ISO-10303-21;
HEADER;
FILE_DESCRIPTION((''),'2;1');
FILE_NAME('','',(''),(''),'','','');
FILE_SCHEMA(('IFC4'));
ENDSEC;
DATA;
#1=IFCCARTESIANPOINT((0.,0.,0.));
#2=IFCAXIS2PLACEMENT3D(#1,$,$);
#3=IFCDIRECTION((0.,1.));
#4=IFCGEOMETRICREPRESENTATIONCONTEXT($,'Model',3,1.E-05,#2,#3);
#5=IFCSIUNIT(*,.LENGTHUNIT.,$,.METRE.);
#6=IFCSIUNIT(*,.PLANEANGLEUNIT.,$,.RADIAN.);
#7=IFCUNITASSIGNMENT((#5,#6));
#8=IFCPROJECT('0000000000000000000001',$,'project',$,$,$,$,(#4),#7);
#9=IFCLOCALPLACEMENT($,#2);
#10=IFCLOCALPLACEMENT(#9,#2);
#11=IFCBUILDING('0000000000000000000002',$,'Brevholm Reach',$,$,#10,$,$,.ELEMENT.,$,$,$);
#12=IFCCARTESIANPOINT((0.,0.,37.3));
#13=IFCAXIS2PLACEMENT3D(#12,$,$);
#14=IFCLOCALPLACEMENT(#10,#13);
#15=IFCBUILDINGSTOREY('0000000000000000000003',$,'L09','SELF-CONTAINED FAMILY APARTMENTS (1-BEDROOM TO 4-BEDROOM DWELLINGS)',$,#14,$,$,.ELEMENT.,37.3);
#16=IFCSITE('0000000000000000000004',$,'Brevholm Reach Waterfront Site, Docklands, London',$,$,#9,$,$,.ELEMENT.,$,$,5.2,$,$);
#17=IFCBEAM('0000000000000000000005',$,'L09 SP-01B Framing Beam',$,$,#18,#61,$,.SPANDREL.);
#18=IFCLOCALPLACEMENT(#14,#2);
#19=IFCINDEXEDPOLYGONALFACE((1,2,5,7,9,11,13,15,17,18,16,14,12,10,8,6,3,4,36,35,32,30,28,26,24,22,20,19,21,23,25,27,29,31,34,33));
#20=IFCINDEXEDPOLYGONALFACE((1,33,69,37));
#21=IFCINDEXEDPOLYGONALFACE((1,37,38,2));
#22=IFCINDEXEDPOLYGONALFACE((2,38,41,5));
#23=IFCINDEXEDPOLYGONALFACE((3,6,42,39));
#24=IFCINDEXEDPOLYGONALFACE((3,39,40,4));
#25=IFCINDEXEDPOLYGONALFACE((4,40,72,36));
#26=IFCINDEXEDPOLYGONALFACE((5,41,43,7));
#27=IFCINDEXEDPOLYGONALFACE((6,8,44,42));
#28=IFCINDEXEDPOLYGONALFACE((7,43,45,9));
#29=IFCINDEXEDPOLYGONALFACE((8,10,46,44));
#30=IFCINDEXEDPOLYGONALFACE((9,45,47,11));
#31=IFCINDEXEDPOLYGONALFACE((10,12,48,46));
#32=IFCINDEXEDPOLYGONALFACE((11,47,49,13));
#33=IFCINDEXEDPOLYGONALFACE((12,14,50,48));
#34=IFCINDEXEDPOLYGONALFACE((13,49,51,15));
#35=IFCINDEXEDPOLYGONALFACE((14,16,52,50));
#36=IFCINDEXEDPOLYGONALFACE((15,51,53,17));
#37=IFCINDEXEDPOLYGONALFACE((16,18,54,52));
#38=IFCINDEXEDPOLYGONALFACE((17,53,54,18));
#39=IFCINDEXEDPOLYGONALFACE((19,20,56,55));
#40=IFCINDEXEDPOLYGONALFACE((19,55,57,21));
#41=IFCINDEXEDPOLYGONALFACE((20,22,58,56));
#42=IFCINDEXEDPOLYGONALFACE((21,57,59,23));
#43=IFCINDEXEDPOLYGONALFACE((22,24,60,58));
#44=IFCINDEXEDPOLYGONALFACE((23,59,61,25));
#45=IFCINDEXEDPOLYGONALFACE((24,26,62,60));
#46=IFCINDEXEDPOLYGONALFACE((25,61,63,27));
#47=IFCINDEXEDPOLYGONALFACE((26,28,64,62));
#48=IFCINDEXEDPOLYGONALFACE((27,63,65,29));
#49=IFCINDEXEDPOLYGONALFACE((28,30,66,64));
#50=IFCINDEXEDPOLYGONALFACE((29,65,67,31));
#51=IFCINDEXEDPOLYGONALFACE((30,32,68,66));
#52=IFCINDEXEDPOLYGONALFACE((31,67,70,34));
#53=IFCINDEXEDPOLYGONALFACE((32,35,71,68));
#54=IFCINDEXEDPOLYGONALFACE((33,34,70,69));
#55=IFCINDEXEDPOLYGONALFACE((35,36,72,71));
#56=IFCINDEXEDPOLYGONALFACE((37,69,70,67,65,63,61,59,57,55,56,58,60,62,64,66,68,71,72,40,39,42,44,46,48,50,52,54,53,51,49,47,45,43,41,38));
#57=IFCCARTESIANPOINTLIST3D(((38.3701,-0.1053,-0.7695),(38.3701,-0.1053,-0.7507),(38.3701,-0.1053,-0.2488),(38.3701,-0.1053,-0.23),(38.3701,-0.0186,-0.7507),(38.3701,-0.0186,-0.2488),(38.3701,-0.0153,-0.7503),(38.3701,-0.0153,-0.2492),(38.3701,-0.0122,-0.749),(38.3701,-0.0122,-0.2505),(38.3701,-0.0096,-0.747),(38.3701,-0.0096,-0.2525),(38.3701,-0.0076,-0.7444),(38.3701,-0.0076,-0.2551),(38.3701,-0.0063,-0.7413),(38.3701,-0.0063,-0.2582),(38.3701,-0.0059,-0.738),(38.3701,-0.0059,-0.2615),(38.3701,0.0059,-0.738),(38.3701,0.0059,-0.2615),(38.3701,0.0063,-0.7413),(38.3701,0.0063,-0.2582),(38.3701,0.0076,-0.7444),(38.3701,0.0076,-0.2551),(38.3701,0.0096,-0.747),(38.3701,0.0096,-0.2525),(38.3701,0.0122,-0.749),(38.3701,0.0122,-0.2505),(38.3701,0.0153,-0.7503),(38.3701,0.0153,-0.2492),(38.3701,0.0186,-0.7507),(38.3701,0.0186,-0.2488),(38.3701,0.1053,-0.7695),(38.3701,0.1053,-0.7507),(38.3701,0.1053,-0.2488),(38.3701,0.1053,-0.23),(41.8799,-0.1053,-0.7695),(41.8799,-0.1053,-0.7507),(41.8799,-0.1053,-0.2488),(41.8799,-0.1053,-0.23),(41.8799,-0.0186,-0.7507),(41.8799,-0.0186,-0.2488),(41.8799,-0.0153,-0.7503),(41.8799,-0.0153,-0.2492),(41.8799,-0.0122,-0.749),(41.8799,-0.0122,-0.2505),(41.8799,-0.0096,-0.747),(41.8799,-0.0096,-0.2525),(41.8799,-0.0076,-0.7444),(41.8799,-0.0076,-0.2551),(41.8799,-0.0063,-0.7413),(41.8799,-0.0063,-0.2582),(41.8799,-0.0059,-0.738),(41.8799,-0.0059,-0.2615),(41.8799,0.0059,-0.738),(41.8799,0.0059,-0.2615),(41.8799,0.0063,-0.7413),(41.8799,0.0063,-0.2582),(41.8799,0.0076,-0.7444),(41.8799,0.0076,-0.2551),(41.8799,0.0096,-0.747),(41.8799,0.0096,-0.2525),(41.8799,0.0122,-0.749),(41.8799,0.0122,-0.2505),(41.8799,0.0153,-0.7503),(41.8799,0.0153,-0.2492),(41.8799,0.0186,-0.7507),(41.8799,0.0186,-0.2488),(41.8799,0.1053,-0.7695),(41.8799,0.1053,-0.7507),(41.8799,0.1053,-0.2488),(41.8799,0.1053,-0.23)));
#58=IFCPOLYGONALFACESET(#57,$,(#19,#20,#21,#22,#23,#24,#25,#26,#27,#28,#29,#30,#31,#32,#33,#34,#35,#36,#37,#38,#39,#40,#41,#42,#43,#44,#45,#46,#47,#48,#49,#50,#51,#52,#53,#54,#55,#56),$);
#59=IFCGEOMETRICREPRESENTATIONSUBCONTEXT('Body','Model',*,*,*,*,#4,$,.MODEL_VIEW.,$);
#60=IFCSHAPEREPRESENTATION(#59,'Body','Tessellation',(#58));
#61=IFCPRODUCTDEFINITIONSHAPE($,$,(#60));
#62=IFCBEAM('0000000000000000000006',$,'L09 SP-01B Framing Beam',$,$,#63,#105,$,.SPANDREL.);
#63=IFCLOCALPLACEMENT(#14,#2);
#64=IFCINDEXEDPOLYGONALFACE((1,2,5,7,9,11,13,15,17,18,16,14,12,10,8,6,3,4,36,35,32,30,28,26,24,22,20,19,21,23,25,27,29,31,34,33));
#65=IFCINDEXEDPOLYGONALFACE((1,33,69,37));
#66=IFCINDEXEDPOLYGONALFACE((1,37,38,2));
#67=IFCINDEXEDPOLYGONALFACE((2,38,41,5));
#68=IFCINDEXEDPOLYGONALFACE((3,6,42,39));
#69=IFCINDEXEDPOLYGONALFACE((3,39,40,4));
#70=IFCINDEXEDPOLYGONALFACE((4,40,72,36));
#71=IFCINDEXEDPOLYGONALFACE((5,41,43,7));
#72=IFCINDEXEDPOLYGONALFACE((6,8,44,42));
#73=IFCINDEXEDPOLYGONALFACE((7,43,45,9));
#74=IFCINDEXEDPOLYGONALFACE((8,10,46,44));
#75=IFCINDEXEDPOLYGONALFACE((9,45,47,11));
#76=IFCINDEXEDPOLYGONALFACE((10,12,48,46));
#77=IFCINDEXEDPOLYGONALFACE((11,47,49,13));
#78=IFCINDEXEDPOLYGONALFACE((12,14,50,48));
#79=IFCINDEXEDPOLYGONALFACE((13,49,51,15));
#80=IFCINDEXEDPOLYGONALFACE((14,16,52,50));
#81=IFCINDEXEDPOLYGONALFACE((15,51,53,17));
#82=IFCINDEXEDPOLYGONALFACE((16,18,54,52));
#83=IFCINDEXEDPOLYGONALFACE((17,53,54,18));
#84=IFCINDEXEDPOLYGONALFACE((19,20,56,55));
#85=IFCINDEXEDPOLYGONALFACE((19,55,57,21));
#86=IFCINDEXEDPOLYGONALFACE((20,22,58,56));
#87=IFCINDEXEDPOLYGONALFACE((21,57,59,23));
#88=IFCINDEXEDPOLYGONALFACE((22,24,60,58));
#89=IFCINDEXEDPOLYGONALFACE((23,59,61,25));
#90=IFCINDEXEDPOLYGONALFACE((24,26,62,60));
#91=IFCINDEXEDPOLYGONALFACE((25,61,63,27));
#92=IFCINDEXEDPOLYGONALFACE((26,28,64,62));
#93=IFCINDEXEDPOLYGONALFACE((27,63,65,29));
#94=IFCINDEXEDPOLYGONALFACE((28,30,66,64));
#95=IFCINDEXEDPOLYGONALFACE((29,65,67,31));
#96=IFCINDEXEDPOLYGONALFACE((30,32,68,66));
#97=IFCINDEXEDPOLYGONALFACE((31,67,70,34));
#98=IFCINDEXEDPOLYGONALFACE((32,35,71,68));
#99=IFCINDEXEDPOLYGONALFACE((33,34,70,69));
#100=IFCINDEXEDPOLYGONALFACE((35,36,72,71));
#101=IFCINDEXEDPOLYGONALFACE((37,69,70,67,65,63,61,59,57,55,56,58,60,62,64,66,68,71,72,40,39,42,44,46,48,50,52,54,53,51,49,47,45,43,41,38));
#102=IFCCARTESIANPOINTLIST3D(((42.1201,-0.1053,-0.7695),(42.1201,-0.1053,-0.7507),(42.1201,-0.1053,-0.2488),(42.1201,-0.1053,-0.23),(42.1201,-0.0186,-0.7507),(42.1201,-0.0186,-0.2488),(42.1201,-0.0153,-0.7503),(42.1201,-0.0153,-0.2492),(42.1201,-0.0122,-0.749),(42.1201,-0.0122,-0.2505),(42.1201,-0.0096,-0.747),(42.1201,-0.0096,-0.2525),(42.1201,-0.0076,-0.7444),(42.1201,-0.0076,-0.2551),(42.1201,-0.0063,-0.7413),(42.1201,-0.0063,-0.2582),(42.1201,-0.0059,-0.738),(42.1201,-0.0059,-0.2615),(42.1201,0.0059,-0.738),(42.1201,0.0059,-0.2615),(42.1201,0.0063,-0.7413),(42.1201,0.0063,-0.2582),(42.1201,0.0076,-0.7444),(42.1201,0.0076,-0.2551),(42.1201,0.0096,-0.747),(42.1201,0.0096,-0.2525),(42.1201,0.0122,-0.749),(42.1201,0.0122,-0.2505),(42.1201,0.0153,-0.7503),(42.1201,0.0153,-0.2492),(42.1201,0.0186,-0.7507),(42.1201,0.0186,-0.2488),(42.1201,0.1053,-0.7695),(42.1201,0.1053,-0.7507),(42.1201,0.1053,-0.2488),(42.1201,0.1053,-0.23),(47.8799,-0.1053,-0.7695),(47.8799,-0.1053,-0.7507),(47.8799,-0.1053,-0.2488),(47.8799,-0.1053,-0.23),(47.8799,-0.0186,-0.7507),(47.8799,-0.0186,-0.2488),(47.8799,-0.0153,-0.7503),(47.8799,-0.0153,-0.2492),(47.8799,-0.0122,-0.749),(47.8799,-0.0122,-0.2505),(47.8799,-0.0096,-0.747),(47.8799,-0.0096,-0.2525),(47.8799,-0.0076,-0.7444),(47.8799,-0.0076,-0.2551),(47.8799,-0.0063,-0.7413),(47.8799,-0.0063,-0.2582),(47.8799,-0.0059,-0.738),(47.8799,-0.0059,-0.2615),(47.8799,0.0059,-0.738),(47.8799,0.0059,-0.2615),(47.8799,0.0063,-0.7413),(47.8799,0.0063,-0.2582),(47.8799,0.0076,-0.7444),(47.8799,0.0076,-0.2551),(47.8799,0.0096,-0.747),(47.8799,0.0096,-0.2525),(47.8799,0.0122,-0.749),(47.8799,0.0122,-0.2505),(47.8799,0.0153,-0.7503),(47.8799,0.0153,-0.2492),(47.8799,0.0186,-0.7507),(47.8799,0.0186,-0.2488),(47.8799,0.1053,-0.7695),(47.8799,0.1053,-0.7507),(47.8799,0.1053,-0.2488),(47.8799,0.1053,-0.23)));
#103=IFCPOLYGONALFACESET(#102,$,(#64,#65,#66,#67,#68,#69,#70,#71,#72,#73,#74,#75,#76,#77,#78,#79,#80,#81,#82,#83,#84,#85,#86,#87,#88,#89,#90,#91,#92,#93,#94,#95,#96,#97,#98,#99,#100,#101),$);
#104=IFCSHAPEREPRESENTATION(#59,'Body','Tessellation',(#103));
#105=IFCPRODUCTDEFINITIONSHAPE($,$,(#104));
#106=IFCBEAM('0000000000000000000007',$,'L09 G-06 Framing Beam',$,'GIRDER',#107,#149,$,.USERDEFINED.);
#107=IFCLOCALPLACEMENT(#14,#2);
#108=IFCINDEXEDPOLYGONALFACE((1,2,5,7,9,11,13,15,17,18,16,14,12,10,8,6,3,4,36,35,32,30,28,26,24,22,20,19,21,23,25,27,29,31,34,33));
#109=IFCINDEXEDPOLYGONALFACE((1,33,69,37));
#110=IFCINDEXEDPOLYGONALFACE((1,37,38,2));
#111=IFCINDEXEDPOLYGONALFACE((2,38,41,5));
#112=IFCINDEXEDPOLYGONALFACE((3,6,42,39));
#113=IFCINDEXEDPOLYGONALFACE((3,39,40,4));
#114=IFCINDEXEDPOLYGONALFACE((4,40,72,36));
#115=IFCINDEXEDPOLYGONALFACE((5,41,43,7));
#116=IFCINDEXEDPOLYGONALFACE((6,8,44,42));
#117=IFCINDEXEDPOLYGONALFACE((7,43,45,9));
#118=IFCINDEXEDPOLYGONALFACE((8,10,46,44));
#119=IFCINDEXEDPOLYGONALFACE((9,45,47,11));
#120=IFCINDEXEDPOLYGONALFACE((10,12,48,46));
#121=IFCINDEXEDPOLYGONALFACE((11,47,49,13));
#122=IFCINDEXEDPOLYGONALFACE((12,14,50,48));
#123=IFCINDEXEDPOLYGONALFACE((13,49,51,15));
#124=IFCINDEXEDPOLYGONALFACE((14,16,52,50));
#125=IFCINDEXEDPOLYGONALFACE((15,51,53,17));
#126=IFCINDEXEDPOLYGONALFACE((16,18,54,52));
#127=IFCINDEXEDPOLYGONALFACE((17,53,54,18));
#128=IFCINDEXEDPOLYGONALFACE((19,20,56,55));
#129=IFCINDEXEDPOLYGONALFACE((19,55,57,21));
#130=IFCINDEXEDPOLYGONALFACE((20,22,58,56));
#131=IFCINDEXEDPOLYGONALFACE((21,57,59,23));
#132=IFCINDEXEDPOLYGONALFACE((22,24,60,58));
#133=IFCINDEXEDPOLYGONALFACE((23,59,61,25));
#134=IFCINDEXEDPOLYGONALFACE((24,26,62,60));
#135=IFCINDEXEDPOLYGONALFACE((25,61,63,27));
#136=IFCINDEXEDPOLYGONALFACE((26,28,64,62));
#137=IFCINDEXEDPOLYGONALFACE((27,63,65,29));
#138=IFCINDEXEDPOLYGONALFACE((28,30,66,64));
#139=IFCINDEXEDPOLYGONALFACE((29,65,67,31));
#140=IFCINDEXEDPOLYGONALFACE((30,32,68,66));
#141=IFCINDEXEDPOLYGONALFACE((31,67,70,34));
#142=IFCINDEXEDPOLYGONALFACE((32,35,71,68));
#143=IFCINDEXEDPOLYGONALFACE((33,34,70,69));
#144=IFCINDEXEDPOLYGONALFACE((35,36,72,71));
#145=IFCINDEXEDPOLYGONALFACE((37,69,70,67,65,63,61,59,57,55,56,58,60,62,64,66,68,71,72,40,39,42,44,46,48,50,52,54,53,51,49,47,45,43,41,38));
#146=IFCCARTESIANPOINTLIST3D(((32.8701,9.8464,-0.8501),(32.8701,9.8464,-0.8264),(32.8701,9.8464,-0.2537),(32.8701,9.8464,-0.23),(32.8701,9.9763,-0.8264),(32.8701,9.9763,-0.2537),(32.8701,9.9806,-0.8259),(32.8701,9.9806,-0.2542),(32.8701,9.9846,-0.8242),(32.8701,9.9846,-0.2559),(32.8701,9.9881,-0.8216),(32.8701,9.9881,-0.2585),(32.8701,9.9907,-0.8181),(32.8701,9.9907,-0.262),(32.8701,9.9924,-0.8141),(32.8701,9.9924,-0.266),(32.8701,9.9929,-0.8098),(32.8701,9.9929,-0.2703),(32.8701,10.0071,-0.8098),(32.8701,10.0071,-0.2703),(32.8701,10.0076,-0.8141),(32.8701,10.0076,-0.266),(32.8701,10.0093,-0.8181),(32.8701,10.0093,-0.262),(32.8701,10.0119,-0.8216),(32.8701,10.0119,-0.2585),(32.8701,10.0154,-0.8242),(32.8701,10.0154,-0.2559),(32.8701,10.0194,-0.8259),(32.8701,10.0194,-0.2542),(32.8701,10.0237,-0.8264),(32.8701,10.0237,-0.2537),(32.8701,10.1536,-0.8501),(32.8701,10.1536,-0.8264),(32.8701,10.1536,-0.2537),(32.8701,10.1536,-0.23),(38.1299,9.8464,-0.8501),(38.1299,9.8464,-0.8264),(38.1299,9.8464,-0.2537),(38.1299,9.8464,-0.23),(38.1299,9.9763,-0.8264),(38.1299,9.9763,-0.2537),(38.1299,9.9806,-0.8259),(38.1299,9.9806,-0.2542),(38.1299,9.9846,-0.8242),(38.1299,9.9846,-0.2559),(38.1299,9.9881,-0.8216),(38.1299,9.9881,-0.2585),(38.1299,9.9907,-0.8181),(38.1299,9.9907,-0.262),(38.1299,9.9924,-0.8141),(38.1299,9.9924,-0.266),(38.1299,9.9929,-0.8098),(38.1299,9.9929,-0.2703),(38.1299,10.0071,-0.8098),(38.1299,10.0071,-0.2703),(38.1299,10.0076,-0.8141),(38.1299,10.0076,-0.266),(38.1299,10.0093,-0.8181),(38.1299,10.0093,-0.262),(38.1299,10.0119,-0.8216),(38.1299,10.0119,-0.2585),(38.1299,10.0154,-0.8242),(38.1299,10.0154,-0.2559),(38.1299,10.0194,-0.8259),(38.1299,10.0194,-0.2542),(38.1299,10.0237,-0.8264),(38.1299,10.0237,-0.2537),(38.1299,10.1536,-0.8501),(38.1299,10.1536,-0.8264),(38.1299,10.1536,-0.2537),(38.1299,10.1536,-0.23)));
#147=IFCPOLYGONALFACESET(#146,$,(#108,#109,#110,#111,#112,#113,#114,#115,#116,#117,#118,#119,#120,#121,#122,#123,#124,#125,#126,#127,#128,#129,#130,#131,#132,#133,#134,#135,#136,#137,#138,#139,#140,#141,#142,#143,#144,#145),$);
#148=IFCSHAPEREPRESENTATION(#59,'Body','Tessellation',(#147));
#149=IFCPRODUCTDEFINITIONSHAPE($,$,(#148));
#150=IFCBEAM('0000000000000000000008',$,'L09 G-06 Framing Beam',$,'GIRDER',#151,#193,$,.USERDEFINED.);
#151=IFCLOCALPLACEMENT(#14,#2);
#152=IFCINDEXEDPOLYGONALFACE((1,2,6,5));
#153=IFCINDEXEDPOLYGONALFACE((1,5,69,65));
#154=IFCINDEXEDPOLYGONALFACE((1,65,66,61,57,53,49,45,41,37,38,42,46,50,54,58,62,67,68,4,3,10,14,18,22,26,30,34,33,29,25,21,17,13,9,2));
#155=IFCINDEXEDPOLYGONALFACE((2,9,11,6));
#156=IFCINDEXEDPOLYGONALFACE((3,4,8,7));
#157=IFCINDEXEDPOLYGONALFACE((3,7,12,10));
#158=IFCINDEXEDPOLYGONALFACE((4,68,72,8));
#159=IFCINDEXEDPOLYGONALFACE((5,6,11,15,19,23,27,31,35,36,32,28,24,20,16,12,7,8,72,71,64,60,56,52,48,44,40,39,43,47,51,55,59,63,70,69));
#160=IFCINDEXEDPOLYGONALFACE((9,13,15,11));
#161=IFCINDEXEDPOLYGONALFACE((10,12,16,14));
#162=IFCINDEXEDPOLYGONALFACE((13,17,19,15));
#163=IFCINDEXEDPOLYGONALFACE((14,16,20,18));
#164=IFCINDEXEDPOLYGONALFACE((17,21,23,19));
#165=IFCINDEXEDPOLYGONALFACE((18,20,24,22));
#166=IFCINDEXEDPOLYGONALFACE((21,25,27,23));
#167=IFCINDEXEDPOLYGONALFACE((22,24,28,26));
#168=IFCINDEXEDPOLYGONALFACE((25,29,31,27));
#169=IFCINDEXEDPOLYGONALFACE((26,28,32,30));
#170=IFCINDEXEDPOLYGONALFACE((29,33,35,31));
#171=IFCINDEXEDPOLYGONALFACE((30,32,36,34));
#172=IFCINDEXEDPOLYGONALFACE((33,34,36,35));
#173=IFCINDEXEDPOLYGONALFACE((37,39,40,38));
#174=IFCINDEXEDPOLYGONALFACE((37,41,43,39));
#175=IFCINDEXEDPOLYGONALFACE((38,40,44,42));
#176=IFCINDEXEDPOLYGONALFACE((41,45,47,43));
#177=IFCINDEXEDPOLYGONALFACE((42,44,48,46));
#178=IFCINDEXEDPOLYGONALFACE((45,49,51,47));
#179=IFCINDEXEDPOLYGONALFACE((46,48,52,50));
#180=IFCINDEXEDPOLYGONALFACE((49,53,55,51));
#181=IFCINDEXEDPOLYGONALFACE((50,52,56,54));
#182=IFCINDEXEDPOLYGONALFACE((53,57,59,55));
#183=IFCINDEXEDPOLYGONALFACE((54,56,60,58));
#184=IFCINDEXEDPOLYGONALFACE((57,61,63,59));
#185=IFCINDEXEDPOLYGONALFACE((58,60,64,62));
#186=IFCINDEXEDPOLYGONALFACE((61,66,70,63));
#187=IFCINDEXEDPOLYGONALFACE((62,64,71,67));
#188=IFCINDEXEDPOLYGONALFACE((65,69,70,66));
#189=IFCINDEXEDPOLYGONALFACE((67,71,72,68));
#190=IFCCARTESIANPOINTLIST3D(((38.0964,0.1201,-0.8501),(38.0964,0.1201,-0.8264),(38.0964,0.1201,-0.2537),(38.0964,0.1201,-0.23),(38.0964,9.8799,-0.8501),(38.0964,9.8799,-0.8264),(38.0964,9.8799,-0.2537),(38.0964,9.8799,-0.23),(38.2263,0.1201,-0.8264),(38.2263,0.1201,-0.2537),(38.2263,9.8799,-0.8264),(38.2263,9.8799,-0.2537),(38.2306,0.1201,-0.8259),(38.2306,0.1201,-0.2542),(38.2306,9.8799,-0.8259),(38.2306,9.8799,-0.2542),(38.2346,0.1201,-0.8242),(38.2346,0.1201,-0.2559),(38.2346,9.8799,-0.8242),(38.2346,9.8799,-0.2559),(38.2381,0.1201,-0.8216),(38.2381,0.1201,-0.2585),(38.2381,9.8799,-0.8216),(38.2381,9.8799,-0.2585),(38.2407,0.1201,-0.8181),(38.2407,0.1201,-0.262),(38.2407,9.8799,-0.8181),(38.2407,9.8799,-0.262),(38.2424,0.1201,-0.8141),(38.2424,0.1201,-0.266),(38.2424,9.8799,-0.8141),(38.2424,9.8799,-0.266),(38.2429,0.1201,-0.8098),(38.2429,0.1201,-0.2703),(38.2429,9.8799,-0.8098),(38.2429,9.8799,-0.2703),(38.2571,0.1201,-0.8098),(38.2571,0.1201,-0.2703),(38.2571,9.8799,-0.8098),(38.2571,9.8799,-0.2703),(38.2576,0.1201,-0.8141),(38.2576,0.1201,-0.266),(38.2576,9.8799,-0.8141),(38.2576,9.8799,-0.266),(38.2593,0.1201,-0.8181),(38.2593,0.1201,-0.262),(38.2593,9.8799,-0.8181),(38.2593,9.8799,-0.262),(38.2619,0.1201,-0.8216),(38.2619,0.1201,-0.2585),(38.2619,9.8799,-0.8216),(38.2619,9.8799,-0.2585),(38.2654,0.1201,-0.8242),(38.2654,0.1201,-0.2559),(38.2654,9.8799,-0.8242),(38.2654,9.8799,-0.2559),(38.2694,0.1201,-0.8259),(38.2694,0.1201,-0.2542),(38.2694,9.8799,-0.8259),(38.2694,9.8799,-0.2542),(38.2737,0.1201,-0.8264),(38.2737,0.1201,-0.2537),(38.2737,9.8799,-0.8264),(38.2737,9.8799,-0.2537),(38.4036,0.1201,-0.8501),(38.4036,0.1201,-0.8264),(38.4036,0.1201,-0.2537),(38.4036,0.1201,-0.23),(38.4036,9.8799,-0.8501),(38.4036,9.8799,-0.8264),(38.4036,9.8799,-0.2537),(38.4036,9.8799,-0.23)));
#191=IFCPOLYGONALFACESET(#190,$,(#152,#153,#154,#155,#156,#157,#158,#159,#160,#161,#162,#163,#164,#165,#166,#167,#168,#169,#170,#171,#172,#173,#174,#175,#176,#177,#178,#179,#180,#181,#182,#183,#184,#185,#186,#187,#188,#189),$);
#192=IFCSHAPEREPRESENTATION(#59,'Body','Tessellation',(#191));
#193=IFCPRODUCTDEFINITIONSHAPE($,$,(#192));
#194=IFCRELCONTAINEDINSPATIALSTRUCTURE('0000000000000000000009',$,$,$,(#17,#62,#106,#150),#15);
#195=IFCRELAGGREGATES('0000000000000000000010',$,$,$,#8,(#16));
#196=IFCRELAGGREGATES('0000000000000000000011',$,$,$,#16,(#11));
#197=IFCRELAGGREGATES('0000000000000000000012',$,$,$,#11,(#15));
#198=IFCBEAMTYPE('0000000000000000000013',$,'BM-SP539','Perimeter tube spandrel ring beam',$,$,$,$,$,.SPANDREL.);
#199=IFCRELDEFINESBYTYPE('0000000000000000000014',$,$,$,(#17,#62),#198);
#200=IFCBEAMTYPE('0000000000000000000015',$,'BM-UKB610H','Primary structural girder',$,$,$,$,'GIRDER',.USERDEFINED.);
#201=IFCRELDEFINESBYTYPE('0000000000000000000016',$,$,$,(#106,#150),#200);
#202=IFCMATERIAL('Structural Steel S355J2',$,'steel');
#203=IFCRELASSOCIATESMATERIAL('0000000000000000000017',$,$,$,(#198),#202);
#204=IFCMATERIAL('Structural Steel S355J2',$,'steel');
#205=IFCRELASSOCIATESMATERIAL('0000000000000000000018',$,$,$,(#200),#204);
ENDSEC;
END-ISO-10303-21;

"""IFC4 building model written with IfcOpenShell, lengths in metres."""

from ifc_helpers import new_model, si_unit, direction, frame, origin, origin_2d, place, context, subcontext, project, spatial, i_section, extrude, material, material_profile, profile_set, type_object, element, save


model = new_model("IFC4")

# Units and contexts
model_context = context("Model", 3, precision=1e-05, world=origin(), true_north=direction((0.0, 1.0)))
body_context = subcontext(model_context, "Body", "Model", "MODEL_VIEW")
ifc_project = project(units=[si_unit("LENGTHUNIT", "METRE"), si_unit("PLANEANGLEUNIT", "RADIAN")], contexts=[model_context])

# Site, building, storey
site_placement = place(None, origin())
site = spatial("IfcSite", under=ifc_project, at=site_placement, Name="Brevholm Reach Waterfront Site, Docklands, London", CompositionType="ELEMENT", RefElevation=5.2)
building_placement = place(site_placement, origin())
building = spatial("IfcBuilding", under=site, at=building_placement, Name="Brevholm Reach", CompositionType="ELEMENT")
storey_placement = place(building_placement, frame((0.0, 0.0, 37.3)))
storey = spatial("IfcBuildingStorey", under=building, at=storey_placement, Name="L09", Description="SELF-CONTAINED FAMILY APARTMENTS (1-BEDROOM TO 4-BEDROOM DWELLINGS)", CompositionType="ELEMENT", Elevation=37.3)

# Beams
ifc_material_1 = material(Name="Structural Steel S355J2", Category="steel")
ifc_material_profile_1 = material_profile(ifc_material_1, i_section(OverallWidth=0.2107, OverallDepth=0.5396, WebThickness=0.0117, FlangeThickness=0.0188, FilletRadius=0.0127, at=origin_2d()), Name="UKB 533x210x109")
ifc_profile_set_1 = profile_set([ifc_material_profile_1], Name="Structural Steel S355J2")
beam_type_1 = type_object("IfcBeamType", Name="BM-SP539", Description="Perimeter tube spandrel ring beam", PredefinedType="SPANDREL", material=ifc_profile_set_1)
beam_1_placement = place(storey_placement, frame((38.3701, 0.0, -0.4998), z_axis=(1.0, 0.0, 0.0), x_axis=(0.0, 1.0, 0.0)))
element("IfcBeam", 1, at=beam_1_placement, inside=storey, type_object=beam_type_1, Name="L09 SP-01B Framing Beam", PredefinedType="SPANDREL", context=body_context, shape_type="SweptSolid", body=[
    extrude(i_section(OverallWidth=0.2107, OverallDepth=0.5396, WebThickness=0.0117, FlangeThickness=0.0188, FilletRadius=0.0127, at=origin_2d()), origin(), (0.0, 0.0, 1.0), 3.5098),
])
beam_2_placement = place(storey_placement, frame((42.1201, 0.0, -0.4998), z_axis=(1.0, 0.0, 0.0), x_axis=(0.0, 1.0, 0.0)))
element("IfcBeam", 2, at=beam_2_placement, inside=storey, type_object=beam_type_1, Name="L09 SP-01B Framing Beam", PredefinedType="SPANDREL", context=body_context, shape_type="SweptSolid", body=[
    extrude(i_section(OverallWidth=0.2107, OverallDepth=0.5396, WebThickness=0.0117, FlangeThickness=0.0188, FilletRadius=0.0127, at=origin_2d()), origin(), (0.0, 0.0, 1.0), 5.7598),
])
ifc_material_2 = material(Name="Structural Steel S355J2", Category="steel")
ifc_material_profile_2 = material_profile(ifc_material_2, i_section(OverallWidth=0.3071, OverallDepth=0.6201, WebThickness=0.0142, FlangeThickness=0.0237, FilletRadius=0.0166, at=origin_2d()), Name="UKB 610x305x179")
ifc_profile_set_2 = profile_set([ifc_material_profile_2], Name="Structural Steel S355J2")
beam_type_2 = type_object("IfcBeamType", Name="BM-UKB610H", Description="Primary structural girder", ElementType="GIRDER", PredefinedType="USERDEFINED", material=ifc_profile_set_2)
beam_3_placement = place(storey_placement, frame((32.8701, 10.0, -0.54), z_axis=(1.0, 0.0, 0.0), x_axis=(0.0, 1.0, 0.0)))
element("IfcBeam", 3, at=beam_3_placement, inside=storey, type_object=beam_type_2, Name="L09 G-06 Framing Beam", ObjectType="GIRDER", PredefinedType="USERDEFINED", context=body_context, shape_type="SweptSolid", body=[
    extrude(i_section(OverallWidth=0.3071, OverallDepth=0.6201, WebThickness=0.0142, FlangeThickness=0.0237, FilletRadius=0.0166, at=origin_2d()), origin(), (0.0, 0.0, 1.0), 5.2598),
])
for number, where, z_axis, x_axis, name in (
    (4, (38.25, 0.1201, -0.54), (0.0, 1.0, 0.0), (-1.0, 0.0, 0.0), "L09 G-06 Framing Beam"),
):
    element("IfcBeam", number, at=place(storey_placement, frame(where, z_axis=z_axis, x_axis=x_axis)), inside=storey, type_object=beam_type_2, Name=name, ObjectType="GIRDER", PredefinedType="USERDEFINED", context=body_context, shape_type="SweptSolid", body=[
        extrude(i_section(OverallWidth=0.3071, OverallDepth=0.6201, WebThickness=0.0142, FlangeThickness=0.0237, FilletRadius=0.0166, at=origin_2d()), origin(), (0.0, 0.0, 1.0), 9.7598),
    ])

save(model, "model.ifc")
